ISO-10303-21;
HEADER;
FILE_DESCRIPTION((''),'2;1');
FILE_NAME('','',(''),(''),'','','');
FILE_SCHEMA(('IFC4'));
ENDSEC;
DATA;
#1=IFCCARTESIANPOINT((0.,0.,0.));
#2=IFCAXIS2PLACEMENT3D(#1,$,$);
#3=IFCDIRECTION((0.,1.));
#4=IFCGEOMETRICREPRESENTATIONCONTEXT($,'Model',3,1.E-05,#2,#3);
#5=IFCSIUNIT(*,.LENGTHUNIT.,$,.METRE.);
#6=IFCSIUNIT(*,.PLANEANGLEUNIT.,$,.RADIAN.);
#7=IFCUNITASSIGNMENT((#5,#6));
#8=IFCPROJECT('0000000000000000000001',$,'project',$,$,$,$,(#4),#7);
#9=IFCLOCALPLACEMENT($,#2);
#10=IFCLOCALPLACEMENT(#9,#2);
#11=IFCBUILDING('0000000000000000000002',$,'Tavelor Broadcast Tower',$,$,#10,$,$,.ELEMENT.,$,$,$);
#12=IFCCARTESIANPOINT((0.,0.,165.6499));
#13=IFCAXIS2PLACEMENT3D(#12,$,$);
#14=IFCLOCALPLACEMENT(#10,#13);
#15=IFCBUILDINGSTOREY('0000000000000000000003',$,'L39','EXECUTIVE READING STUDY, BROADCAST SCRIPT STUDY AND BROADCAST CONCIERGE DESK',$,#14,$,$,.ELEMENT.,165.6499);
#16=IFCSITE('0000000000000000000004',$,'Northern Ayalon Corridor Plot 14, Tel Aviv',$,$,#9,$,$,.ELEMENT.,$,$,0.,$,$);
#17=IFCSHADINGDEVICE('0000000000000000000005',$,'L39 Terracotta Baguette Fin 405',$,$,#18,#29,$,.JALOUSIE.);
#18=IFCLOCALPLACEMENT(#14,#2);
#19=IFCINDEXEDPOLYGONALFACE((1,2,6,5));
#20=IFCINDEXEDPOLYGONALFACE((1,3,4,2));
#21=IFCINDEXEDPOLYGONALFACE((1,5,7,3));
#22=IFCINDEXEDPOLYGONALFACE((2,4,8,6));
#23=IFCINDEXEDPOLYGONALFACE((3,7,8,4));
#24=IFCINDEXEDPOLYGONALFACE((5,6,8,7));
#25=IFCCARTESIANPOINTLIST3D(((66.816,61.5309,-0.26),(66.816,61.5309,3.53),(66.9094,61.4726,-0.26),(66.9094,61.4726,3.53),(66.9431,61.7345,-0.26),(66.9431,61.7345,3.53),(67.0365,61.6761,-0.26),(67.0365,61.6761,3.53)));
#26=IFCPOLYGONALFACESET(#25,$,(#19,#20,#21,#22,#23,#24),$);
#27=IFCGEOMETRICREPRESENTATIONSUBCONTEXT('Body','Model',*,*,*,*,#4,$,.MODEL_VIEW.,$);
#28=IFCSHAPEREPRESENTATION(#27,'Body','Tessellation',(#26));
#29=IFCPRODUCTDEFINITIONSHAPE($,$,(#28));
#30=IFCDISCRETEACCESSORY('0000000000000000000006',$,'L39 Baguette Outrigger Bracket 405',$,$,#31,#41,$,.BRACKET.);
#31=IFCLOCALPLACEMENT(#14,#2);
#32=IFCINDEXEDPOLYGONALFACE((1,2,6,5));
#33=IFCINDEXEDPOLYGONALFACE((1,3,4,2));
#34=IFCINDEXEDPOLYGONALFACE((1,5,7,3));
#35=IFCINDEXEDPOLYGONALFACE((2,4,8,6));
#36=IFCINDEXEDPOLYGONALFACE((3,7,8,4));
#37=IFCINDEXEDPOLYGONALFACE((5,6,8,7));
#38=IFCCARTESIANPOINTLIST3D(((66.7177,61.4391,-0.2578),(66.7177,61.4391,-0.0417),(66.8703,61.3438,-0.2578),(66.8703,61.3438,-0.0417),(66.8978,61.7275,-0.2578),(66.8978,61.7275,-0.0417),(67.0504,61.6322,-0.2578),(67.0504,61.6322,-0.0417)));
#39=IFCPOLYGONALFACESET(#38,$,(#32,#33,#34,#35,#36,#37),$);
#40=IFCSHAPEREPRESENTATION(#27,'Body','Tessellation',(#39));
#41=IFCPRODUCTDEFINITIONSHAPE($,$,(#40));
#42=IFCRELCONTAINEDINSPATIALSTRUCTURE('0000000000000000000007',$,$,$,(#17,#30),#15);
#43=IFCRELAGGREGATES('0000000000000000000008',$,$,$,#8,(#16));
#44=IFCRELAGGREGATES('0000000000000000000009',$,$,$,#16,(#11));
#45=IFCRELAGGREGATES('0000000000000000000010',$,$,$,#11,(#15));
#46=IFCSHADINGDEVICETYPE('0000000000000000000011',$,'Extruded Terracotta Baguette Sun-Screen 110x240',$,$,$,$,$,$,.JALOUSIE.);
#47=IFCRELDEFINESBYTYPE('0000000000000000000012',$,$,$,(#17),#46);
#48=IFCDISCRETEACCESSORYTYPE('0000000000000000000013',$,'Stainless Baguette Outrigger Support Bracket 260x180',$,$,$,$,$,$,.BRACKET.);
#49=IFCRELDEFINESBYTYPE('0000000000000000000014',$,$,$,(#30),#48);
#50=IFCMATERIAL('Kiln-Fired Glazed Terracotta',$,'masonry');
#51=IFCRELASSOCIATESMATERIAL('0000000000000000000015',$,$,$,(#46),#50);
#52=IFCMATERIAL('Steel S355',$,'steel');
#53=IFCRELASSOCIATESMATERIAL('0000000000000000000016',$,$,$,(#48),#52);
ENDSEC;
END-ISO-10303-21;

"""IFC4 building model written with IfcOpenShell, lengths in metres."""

from ifc_helpers import new_model, si_unit, direction, frame, origin, origin_2d, place, context, subcontext, project, spatial, rectangle, extrude, source, transform, mapped, material, type_object, type_shapes, element, save


model = new_model("IFC4")

# Units and contexts
model_context = context("Model", 3, precision=1e-05, world=origin(), true_north=direction((0.0, 1.0)))
body_context = subcontext(model_context, "Body", "Model", "MODEL_VIEW")
ifc_project = project(units=[si_unit("LENGTHUNIT", "METRE"), si_unit("PLANEANGLEUNIT", "RADIAN")], contexts=[model_context])

# Site, building, storey
site_placement = place(None, origin())
site = spatial("IfcSite", under=ifc_project, at=site_placement, Name="Northern Ayalon Corridor Plot 14, Tel Aviv", CompositionType="ELEMENT", RefElevation=0.0)
building_placement = place(site_placement, origin())
building = spatial("IfcBuilding", under=site, at=building_placement, Name="Tavelor Broadcast Tower", CompositionType="ELEMENT")
storey_placement = place(building_placement, frame((0.0, 0.0, 165.6499)))
storey = spatial("IfcBuildingStorey", under=building, at=storey_placement, Name="L39", Description="EXECUTIVE READING STUDY, BROADCAST SCRIPT STUDY AND BROADCAST CONCIERGE DESK", CompositionType="ELEMENT", Elevation=165.6499)

# Shared definitions
ifc_material_1 = material(Name="Steel S355", Category="steel")

# Shading device
ifc_material_2 = material(Name="Kiln-Fired Glazed Terracotta", Category="masonry")
shading_device_type = type_object("IfcShadingDeviceType", Name="Extruded Terracotta Baguette Sun-Screen 110x240", PredefinedType="JALOUSIE", material=ifc_material_2)
shared_shape_1 = source(origin(), body_context, "Body", "SweptSolid", [
    extrude(rectangle(XDim=0.1101, YDim=0.24, at=origin_2d()), origin(), (0.0, 0.0, 1.0), 3.79),
])
type_shapes(shading_device_type, [shared_shape_1])
shading_device_placement = place(storey_placement, frame((66.9263, 61.6035, -0.26), z_axis=(0.0, 0.0, 1.0), x_axis=(-0.848233, 0.529623, 0.0)))
element("IfcShadingDevice", 1, at=shading_device_placement, inside=storey, type_object=shading_device_type, Name="L39 Terracotta Baguette Fin 405", PredefinedType="JALOUSIE", context=body_context, shape_type="MappedRepresentation", body=[
    mapped(shared_shape_1, transform((0.0, 0.0, 0.0), scale=1.0)),
])

# Discrete accessory
discrete_accessory_type = type_object("IfcDiscreteAccessoryType", Name="Stainless Baguette Outrigger Support Bracket 260x180", PredefinedType="BRACKET", material=ifc_material_1)
shared_shape_2 = source(origin(), body_context, "Body", "SweptSolid", [
    extrude(rectangle(XDim=0.1799, YDim=0.3401, at=origin_2d()), origin(), (0.0, 0.0, 1.0), 0.2161),
])
type_shapes(discrete_accessory_type, [shared_shape_2])
discrete_accessory_placement = place(storey_placement, frame((66.884, 61.5356, -0.2578), z_axis=(0.0, 0.0, 1.0), x_axis=(-0.848233, 0.529623, 0.0)))
element("IfcDiscreteAccessory", 2, at=discrete_accessory_placement, inside=storey, type_object=discrete_accessory_type, Name="L39 Baguette Outrigger Bracket 405", PredefinedType="BRACKET", context=body_context, shape_type="MappedRepresentation", body=[
    mapped(shared_shape_2, transform((0.0, 0.0, 0.0), scale=1.0)),
])

save(model, "model.ifc")
